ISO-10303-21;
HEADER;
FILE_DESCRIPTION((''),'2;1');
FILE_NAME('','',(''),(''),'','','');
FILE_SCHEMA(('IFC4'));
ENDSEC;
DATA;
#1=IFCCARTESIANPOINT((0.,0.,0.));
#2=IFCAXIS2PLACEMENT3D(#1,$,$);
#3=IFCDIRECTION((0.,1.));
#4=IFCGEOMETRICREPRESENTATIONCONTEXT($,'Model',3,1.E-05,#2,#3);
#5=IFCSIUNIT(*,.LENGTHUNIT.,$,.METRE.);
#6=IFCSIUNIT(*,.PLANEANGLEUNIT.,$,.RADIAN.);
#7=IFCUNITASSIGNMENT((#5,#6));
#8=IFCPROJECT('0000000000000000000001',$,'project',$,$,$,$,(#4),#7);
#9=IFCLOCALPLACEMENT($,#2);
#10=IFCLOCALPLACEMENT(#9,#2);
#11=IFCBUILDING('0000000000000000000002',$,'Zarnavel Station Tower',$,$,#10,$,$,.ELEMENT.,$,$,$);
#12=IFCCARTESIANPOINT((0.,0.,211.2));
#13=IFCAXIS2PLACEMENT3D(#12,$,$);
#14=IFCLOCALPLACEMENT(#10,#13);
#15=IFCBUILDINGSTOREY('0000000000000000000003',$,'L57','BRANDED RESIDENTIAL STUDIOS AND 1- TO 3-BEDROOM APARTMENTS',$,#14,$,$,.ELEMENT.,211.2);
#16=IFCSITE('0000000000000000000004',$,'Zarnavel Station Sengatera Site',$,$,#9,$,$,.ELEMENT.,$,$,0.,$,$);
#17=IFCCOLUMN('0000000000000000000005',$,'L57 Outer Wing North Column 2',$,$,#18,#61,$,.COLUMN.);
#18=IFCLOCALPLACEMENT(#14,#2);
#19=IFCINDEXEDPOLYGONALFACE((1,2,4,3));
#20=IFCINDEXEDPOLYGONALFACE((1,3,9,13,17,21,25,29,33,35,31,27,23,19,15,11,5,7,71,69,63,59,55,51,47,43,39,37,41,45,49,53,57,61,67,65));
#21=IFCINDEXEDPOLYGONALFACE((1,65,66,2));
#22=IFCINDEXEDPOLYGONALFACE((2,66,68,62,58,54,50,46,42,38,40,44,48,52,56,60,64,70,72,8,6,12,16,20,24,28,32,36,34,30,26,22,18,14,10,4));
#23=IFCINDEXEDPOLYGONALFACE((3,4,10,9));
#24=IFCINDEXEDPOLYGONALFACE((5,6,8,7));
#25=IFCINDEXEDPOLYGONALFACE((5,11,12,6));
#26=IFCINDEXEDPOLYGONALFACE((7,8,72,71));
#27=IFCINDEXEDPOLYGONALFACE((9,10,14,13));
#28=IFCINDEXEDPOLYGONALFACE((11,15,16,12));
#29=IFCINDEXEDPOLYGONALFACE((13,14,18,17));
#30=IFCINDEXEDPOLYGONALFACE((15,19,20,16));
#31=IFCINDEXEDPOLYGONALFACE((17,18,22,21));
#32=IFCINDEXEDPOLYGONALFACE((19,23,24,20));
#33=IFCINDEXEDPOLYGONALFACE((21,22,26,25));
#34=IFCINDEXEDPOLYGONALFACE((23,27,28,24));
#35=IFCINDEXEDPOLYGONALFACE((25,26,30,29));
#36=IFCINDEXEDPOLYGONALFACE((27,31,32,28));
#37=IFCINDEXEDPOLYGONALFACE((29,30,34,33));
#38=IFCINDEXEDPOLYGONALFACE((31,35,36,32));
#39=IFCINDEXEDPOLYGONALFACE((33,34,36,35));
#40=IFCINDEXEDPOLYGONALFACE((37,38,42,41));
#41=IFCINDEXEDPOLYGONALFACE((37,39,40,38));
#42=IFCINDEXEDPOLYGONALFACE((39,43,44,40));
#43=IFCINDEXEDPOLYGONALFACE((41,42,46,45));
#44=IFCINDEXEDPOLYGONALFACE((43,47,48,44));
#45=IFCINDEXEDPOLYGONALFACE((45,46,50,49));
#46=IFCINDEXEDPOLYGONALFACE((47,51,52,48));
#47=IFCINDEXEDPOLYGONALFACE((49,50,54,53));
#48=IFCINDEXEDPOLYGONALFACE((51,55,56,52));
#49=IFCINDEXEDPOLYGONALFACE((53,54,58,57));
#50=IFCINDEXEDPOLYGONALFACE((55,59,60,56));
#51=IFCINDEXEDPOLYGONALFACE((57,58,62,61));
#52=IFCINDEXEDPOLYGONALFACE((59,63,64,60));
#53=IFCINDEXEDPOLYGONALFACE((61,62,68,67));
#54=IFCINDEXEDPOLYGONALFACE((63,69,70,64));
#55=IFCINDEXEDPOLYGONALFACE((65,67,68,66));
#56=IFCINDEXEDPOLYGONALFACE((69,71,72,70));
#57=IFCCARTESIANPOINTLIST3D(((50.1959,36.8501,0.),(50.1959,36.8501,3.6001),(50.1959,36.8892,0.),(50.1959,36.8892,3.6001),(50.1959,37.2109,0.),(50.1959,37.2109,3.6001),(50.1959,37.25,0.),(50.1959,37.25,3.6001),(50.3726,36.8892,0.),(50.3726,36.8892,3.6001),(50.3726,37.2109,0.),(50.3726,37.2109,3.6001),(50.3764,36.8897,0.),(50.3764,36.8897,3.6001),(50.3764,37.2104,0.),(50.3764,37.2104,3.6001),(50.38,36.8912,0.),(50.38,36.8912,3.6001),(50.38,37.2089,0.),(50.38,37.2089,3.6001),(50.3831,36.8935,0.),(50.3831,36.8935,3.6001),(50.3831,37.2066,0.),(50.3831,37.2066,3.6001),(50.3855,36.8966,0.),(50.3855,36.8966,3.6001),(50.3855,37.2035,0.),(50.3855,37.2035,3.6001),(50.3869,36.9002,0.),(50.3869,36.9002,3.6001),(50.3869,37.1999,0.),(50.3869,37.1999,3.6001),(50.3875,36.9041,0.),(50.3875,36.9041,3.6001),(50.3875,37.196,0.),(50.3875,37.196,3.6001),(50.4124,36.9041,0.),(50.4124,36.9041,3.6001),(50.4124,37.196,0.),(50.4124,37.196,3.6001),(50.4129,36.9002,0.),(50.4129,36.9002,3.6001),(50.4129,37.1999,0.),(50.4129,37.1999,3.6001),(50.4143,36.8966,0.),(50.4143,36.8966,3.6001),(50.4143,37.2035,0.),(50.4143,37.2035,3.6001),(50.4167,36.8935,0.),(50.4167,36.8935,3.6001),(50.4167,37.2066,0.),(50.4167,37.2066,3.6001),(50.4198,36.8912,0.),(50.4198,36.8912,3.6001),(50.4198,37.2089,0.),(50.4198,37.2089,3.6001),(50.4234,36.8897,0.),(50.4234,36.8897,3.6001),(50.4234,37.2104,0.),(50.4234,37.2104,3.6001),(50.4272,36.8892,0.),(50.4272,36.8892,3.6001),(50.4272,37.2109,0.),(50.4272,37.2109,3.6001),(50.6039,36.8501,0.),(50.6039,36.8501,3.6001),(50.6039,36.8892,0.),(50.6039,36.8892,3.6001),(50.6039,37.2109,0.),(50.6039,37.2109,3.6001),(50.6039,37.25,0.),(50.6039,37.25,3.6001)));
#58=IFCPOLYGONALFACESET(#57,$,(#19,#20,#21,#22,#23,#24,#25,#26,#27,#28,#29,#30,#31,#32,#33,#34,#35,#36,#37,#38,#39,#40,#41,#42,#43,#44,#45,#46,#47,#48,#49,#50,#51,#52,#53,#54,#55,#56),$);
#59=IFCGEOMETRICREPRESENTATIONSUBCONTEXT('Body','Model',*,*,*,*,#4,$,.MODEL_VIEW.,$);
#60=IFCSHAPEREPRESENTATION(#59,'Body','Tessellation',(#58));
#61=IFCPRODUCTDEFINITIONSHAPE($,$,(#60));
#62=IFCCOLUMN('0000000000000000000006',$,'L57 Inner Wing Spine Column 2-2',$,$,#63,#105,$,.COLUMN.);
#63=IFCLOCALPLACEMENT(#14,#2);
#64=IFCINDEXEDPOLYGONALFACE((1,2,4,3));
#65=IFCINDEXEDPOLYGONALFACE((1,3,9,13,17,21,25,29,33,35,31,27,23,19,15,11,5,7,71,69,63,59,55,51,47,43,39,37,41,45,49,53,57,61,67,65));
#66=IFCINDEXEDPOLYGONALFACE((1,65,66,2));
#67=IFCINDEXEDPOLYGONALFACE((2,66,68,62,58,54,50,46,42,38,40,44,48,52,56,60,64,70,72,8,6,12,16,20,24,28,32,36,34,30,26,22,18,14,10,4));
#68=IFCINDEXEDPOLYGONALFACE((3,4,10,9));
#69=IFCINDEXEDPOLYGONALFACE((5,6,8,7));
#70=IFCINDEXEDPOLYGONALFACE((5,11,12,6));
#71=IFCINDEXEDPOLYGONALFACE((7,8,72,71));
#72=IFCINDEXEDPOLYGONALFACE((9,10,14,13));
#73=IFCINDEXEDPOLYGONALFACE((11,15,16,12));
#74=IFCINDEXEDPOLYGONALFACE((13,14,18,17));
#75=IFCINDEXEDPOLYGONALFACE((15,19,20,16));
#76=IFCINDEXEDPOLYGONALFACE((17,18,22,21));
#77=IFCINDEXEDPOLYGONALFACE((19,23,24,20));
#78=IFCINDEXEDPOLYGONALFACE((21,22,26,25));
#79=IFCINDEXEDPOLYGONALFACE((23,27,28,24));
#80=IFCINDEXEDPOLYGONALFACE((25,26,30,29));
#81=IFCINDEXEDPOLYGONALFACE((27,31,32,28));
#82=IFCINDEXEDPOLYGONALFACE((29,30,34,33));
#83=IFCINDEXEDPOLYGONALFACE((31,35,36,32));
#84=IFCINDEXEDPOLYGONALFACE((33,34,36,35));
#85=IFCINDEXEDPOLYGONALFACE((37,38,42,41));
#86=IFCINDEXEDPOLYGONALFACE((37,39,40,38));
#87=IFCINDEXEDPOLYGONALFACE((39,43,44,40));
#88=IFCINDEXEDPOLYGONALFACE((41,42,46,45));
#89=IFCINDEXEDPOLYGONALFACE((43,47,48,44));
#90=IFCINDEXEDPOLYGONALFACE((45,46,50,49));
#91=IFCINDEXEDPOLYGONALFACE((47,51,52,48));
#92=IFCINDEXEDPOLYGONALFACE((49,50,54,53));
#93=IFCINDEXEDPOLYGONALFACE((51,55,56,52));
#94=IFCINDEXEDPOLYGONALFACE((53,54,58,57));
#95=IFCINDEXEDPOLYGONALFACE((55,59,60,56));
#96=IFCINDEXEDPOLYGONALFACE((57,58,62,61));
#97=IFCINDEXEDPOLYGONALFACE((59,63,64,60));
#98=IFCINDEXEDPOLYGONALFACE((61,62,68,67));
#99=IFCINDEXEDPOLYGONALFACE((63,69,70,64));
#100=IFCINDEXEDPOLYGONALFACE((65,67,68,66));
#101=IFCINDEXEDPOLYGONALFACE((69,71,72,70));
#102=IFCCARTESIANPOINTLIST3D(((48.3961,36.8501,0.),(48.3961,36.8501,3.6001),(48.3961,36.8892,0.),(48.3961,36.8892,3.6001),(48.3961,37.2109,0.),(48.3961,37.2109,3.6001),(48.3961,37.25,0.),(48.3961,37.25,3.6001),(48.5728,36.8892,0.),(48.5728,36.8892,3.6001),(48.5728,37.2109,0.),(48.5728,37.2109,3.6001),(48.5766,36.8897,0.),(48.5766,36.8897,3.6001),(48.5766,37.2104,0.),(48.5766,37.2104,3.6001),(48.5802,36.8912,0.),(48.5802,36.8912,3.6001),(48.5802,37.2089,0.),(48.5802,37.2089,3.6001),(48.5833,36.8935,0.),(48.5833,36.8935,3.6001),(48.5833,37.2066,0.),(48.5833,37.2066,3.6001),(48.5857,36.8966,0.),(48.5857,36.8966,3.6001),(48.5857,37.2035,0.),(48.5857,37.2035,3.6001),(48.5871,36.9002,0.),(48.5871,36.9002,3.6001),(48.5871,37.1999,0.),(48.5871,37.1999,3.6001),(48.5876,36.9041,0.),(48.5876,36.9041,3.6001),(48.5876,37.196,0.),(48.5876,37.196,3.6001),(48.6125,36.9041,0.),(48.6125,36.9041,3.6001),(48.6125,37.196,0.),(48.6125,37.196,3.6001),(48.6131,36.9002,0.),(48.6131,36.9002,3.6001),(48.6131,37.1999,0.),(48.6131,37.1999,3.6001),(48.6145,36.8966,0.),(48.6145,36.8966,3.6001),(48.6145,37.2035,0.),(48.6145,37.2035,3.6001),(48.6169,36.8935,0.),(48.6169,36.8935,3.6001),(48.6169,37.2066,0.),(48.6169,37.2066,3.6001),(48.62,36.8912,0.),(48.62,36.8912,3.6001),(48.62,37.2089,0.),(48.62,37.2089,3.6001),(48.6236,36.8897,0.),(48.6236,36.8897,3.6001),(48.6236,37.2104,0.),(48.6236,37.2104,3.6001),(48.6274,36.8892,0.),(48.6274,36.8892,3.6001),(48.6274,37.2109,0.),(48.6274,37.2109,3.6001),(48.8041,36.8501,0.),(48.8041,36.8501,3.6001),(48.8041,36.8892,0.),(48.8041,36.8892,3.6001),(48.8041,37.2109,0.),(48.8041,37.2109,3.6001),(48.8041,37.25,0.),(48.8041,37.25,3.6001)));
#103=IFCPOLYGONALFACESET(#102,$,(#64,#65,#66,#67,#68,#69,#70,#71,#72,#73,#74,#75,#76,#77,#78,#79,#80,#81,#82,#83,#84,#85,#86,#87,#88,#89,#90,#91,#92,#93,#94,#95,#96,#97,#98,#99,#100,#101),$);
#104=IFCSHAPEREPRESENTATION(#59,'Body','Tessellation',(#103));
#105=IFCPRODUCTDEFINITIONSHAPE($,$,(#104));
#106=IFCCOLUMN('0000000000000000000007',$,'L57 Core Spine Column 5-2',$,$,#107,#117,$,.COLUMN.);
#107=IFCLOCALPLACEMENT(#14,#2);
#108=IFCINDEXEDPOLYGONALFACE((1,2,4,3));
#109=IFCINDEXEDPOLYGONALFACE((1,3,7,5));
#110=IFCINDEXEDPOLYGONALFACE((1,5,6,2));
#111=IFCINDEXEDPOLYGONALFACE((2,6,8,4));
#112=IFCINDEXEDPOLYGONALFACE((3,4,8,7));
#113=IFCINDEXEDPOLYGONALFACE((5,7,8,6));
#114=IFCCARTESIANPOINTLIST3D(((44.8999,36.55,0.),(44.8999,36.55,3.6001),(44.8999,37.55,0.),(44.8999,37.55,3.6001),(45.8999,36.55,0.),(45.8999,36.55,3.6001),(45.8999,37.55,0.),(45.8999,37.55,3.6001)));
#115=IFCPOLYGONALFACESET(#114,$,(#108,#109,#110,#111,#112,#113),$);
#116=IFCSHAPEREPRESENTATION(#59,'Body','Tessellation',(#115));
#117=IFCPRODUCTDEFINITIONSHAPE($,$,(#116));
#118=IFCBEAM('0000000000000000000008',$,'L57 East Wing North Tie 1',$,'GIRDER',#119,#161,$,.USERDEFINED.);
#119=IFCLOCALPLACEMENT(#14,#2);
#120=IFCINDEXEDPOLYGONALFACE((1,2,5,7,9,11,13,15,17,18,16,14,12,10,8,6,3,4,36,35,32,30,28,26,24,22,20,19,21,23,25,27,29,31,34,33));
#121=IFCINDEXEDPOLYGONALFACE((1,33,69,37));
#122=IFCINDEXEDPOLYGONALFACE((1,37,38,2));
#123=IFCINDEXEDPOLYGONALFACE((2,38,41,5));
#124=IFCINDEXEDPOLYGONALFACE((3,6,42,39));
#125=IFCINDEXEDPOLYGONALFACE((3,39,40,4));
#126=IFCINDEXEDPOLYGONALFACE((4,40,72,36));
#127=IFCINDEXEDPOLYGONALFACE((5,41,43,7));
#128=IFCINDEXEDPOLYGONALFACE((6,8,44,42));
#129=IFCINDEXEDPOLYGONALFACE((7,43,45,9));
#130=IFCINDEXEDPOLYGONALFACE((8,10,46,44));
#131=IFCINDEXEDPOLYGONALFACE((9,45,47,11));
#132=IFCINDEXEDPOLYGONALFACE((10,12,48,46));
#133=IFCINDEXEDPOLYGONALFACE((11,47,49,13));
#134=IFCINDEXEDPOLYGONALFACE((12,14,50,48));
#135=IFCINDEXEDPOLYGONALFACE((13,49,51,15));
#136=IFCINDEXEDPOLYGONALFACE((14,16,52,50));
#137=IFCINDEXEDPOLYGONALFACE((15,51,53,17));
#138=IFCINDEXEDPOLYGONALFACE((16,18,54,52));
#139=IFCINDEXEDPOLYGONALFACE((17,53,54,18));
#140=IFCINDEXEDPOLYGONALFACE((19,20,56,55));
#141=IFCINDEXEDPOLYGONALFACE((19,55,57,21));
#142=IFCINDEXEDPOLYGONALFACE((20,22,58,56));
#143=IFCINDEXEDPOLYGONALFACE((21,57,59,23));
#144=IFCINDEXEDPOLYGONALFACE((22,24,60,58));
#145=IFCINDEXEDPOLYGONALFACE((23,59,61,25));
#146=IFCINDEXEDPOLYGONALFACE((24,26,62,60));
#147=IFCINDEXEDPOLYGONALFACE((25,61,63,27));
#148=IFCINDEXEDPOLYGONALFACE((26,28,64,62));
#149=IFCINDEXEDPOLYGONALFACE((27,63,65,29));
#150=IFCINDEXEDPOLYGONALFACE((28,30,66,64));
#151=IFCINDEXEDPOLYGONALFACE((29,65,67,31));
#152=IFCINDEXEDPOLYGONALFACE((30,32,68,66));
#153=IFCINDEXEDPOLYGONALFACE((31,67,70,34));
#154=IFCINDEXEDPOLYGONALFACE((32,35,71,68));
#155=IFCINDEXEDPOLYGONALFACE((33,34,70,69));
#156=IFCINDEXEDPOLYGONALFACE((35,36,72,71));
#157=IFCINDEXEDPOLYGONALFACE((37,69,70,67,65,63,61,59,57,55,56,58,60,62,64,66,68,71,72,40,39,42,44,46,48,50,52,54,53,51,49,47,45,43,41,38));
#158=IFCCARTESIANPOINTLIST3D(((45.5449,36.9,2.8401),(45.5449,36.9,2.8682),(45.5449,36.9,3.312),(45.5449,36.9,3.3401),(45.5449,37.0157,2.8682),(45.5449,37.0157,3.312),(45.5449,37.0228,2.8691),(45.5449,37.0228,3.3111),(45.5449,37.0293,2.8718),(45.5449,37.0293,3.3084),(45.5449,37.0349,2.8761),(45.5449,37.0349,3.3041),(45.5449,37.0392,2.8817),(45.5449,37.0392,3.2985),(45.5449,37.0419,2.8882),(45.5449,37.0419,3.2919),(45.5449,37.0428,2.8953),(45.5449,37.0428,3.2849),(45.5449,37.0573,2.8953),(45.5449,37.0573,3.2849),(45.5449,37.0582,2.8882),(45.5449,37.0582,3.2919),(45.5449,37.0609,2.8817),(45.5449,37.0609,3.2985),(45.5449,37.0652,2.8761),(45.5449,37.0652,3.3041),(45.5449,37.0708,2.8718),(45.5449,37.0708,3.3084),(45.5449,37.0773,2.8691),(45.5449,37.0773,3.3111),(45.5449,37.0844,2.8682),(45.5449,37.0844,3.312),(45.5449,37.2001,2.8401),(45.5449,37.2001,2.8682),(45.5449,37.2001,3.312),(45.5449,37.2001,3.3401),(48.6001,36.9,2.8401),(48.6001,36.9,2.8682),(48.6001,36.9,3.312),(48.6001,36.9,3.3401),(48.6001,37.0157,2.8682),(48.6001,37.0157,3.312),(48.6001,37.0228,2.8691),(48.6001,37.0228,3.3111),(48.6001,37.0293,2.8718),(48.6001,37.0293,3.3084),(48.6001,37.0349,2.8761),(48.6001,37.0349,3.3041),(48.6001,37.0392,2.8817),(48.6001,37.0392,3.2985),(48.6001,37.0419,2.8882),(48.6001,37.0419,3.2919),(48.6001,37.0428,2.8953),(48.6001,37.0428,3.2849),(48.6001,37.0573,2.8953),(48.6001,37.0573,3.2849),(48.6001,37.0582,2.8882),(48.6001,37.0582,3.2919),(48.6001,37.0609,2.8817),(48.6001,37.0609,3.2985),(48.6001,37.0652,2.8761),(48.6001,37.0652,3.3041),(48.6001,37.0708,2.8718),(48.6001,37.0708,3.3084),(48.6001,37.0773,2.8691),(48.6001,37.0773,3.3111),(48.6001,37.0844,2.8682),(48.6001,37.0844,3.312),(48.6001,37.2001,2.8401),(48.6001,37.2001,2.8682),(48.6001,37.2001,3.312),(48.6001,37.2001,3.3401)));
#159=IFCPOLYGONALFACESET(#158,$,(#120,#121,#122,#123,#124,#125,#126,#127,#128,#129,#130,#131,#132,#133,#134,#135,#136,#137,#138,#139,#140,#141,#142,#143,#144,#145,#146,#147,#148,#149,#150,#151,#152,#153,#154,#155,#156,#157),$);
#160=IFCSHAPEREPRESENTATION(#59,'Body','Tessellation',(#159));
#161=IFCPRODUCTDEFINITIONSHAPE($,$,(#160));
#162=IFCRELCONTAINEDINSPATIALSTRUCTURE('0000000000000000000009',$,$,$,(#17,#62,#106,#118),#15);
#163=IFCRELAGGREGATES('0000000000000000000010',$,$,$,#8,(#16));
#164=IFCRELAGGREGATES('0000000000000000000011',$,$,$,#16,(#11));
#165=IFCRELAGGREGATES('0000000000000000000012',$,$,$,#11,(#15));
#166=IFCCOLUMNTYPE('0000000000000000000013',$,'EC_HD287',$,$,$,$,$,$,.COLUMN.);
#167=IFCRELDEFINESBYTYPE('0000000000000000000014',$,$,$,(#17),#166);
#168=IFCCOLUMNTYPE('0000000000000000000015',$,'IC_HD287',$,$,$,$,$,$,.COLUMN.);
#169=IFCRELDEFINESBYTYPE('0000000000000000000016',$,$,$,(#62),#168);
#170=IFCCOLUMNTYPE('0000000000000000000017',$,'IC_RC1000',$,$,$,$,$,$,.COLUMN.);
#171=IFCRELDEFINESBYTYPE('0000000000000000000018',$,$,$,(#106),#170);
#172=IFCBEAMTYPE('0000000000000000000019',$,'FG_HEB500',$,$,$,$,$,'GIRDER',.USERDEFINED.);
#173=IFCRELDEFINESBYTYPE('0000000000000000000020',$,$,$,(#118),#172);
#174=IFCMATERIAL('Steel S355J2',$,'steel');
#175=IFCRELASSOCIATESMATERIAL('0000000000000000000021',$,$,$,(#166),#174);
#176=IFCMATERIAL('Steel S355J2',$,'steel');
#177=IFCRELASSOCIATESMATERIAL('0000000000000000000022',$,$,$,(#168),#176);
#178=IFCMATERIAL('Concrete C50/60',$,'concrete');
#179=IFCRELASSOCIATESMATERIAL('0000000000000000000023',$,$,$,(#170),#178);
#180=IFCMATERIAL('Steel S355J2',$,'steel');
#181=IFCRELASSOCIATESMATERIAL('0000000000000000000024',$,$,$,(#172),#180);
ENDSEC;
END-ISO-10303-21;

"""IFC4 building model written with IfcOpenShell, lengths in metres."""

from ifc_helpers import new_model, si_unit, direction, frame, origin, origin_2d, place, context, subcontext, project, spatial, rectangle, i_section, extrude, material, material_profile, profile_set, type_object, element, save


model = new_model("IFC4")

# Units and contexts
model_context = context("Model", 3, precision=1e-05, world=origin(), true_north=direction((0.0, 1.0)))
body_context = subcontext(model_context, "Body", "Model", "MODEL_VIEW")
ifc_project = project(units=[si_unit("LENGTHUNIT", "METRE"), si_unit("PLANEANGLEUNIT", "RADIAN")], contexts=[model_context])

# Site, building, storey
site_placement = place(None, origin())
site = spatial("IfcSite", under=ifc_project, at=site_placement, Name="Zarnavel Station Sengatera Site", CompositionType="ELEMENT", RefElevation=0.0)
building_placement = place(site_placement, origin())
building = spatial("IfcBuilding", under=site, at=building_placement, Name="Zarnavel Station Tower", CompositionType="ELEMENT")
storey_placement = place(building_placement, frame((0.0, 0.0, 211.2)))
storey = spatial("IfcBuildingStorey", under=building, at=storey_placement, Name="L57", Description="BRANDED RESIDENTIAL STUDIOS AND 1- TO 3-BEDROOM APARTMENTS", CompositionType="ELEMENT", Elevation=211.2)

# Columns
ifc_material_1 = material(Name="Steel S355J2", Category="steel")
ifc_material_profile_1 = material_profile(ifc_material_1, i_section(OverallWidth=0.408, OverallDepth=0.3999, WebThickness=0.0249, FlangeThickness=0.0391, FilletRadius=0.0149, at=origin_2d()), Name="HD400x287")
ifc_profile_set_1 = profile_set([ifc_material_profile_1], Name="Steel S355J2")
column_type_1 = type_object("IfcColumnType", Name="EC_HD287", PredefinedType="COLUMN", material=ifc_profile_set_1)
column_1_placement = place(storey_placement, frame((50.3999, 37.05, 0.0), z_axis=(0.0, 0.0, 1.0), x_axis=(1.0, 0.0, 0.0)))
element("IfcColumn", 1, at=column_1_placement, inside=storey, type_object=column_type_1, Name="L57 Outer Wing North Column 2", PredefinedType="COLUMN", context=body_context, shape_type="SweptSolid", body=[
    extrude(i_section(OverallWidth=0.408, OverallDepth=0.3999, WebThickness=0.0249, FlangeThickness=0.0391, FilletRadius=0.0149, at=origin_2d()), origin(), (0.0, 0.0, 1.0), 3.6001),
])
ifc_material_2 = material(Name="Steel S355J2", Category="steel")
ifc_material_profile_2 = material_profile(ifc_material_2, i_section(OverallWidth=0.408, OverallDepth=0.3999, WebThickness=0.0249, FlangeThickness=0.0391, FilletRadius=0.0149, at=origin_2d()), Name="HD400x287")
ifc_profile_set_2 = profile_set([ifc_material_profile_2], Name="Steel S355J2")
column_type_2 = type_object("IfcColumnType", Name="IC_HD287", PredefinedType="COLUMN", material=ifc_profile_set_2)
column_2_placement = place(storey_placement, frame((48.6001, 37.05, 0.0), z_axis=(0.0, 0.0, 1.0), x_axis=(1.0, 0.0, 0.0)))
element("IfcColumn", 2, at=column_2_placement, inside=storey, type_object=column_type_2, Name="L57 Inner Wing Spine Column 2-2", PredefinedType="COLUMN", context=body_context, shape_type="SweptSolid", body=[
    extrude(i_section(OverallWidth=0.408, OverallDepth=0.3999, WebThickness=0.0249, FlangeThickness=0.0391, FilletRadius=0.0149, at=origin_2d()), origin(), (0.0, 0.0, 1.0), 3.6001),
])
ifc_material_3 = material(Name="Concrete C50/60", Category="concrete")
ifc_material_profile_3 = material_profile(ifc_material_3, rectangle(XDim=1.0, YDim=1.0, at=origin_2d()), Name="RC1000x1000")
ifc_profile_set_3 = profile_set([ifc_material_profile_3], Name="Concrete C50/60")
column_type_3 = type_object("IfcColumnType", Name="IC_RC1000", PredefinedType="COLUMN", material=ifc_profile_set_3)
column_3_placement = place(storey_placement, frame((45.3999, 37.05, 0.0), z_axis=(0.0, 0.0, 1.0), x_axis=(1.0, 0.0, 0.0)))
element("IfcColumn", 3, at=column_3_placement, inside=storey, type_object=column_type_3, Name="L57 Core Spine Column 5-2", PredefinedType="COLUMN", context=body_context, shape_type="SweptSolid", body=[
    extrude(rectangle(XDim=1.0, YDim=1.0, at=origin_2d()), origin(), (0.0, 0.0, 1.0), 3.6001),
])

# Beam
ifc_material_4 = material(Name="Steel S355J2", Category="steel")
ifc_material_profile_4 = material_profile(ifc_material_4, i_section(OverallWidth=0.3, OverallDepth=0.5, WebThickness=0.0144, FlangeThickness=0.0281, FilletRadius=0.0271, at=origin_2d()), Name="HEB500")
ifc_profile_set_4 = profile_set([ifc_material_profile_4], Name="Steel S355J2")
beam_type = type_object("IfcBeamType", Name="FG_HEB500", ElementType="GIRDER", PredefinedType="USERDEFINED", material=ifc_profile_set_4)
beam_1_placement = place(storey_placement, frame((45.5449, 37.05, 3.0901), z_axis=(1.0, 0.0, 0.0), x_axis=(0.0, 1.0, 0.0)))
element("IfcBeam", 4, at=beam_1_placement, inside=storey, type_object=beam_type, Name="L57 East Wing North Tie 1", ObjectType="GIRDER", PredefinedType="USERDEFINED", context=body_context, shape_type="SweptSolid", body=[
    extrude(i_section(OverallWidth=0.3, OverallDepth=0.5, WebThickness=0.0144, FlangeThickness=0.0281, FilletRadius=0.0271, at=origin_2d()), origin(), (0.0, 0.0, 1.0), 3.0552),
])

save(model, "model.ifc")
